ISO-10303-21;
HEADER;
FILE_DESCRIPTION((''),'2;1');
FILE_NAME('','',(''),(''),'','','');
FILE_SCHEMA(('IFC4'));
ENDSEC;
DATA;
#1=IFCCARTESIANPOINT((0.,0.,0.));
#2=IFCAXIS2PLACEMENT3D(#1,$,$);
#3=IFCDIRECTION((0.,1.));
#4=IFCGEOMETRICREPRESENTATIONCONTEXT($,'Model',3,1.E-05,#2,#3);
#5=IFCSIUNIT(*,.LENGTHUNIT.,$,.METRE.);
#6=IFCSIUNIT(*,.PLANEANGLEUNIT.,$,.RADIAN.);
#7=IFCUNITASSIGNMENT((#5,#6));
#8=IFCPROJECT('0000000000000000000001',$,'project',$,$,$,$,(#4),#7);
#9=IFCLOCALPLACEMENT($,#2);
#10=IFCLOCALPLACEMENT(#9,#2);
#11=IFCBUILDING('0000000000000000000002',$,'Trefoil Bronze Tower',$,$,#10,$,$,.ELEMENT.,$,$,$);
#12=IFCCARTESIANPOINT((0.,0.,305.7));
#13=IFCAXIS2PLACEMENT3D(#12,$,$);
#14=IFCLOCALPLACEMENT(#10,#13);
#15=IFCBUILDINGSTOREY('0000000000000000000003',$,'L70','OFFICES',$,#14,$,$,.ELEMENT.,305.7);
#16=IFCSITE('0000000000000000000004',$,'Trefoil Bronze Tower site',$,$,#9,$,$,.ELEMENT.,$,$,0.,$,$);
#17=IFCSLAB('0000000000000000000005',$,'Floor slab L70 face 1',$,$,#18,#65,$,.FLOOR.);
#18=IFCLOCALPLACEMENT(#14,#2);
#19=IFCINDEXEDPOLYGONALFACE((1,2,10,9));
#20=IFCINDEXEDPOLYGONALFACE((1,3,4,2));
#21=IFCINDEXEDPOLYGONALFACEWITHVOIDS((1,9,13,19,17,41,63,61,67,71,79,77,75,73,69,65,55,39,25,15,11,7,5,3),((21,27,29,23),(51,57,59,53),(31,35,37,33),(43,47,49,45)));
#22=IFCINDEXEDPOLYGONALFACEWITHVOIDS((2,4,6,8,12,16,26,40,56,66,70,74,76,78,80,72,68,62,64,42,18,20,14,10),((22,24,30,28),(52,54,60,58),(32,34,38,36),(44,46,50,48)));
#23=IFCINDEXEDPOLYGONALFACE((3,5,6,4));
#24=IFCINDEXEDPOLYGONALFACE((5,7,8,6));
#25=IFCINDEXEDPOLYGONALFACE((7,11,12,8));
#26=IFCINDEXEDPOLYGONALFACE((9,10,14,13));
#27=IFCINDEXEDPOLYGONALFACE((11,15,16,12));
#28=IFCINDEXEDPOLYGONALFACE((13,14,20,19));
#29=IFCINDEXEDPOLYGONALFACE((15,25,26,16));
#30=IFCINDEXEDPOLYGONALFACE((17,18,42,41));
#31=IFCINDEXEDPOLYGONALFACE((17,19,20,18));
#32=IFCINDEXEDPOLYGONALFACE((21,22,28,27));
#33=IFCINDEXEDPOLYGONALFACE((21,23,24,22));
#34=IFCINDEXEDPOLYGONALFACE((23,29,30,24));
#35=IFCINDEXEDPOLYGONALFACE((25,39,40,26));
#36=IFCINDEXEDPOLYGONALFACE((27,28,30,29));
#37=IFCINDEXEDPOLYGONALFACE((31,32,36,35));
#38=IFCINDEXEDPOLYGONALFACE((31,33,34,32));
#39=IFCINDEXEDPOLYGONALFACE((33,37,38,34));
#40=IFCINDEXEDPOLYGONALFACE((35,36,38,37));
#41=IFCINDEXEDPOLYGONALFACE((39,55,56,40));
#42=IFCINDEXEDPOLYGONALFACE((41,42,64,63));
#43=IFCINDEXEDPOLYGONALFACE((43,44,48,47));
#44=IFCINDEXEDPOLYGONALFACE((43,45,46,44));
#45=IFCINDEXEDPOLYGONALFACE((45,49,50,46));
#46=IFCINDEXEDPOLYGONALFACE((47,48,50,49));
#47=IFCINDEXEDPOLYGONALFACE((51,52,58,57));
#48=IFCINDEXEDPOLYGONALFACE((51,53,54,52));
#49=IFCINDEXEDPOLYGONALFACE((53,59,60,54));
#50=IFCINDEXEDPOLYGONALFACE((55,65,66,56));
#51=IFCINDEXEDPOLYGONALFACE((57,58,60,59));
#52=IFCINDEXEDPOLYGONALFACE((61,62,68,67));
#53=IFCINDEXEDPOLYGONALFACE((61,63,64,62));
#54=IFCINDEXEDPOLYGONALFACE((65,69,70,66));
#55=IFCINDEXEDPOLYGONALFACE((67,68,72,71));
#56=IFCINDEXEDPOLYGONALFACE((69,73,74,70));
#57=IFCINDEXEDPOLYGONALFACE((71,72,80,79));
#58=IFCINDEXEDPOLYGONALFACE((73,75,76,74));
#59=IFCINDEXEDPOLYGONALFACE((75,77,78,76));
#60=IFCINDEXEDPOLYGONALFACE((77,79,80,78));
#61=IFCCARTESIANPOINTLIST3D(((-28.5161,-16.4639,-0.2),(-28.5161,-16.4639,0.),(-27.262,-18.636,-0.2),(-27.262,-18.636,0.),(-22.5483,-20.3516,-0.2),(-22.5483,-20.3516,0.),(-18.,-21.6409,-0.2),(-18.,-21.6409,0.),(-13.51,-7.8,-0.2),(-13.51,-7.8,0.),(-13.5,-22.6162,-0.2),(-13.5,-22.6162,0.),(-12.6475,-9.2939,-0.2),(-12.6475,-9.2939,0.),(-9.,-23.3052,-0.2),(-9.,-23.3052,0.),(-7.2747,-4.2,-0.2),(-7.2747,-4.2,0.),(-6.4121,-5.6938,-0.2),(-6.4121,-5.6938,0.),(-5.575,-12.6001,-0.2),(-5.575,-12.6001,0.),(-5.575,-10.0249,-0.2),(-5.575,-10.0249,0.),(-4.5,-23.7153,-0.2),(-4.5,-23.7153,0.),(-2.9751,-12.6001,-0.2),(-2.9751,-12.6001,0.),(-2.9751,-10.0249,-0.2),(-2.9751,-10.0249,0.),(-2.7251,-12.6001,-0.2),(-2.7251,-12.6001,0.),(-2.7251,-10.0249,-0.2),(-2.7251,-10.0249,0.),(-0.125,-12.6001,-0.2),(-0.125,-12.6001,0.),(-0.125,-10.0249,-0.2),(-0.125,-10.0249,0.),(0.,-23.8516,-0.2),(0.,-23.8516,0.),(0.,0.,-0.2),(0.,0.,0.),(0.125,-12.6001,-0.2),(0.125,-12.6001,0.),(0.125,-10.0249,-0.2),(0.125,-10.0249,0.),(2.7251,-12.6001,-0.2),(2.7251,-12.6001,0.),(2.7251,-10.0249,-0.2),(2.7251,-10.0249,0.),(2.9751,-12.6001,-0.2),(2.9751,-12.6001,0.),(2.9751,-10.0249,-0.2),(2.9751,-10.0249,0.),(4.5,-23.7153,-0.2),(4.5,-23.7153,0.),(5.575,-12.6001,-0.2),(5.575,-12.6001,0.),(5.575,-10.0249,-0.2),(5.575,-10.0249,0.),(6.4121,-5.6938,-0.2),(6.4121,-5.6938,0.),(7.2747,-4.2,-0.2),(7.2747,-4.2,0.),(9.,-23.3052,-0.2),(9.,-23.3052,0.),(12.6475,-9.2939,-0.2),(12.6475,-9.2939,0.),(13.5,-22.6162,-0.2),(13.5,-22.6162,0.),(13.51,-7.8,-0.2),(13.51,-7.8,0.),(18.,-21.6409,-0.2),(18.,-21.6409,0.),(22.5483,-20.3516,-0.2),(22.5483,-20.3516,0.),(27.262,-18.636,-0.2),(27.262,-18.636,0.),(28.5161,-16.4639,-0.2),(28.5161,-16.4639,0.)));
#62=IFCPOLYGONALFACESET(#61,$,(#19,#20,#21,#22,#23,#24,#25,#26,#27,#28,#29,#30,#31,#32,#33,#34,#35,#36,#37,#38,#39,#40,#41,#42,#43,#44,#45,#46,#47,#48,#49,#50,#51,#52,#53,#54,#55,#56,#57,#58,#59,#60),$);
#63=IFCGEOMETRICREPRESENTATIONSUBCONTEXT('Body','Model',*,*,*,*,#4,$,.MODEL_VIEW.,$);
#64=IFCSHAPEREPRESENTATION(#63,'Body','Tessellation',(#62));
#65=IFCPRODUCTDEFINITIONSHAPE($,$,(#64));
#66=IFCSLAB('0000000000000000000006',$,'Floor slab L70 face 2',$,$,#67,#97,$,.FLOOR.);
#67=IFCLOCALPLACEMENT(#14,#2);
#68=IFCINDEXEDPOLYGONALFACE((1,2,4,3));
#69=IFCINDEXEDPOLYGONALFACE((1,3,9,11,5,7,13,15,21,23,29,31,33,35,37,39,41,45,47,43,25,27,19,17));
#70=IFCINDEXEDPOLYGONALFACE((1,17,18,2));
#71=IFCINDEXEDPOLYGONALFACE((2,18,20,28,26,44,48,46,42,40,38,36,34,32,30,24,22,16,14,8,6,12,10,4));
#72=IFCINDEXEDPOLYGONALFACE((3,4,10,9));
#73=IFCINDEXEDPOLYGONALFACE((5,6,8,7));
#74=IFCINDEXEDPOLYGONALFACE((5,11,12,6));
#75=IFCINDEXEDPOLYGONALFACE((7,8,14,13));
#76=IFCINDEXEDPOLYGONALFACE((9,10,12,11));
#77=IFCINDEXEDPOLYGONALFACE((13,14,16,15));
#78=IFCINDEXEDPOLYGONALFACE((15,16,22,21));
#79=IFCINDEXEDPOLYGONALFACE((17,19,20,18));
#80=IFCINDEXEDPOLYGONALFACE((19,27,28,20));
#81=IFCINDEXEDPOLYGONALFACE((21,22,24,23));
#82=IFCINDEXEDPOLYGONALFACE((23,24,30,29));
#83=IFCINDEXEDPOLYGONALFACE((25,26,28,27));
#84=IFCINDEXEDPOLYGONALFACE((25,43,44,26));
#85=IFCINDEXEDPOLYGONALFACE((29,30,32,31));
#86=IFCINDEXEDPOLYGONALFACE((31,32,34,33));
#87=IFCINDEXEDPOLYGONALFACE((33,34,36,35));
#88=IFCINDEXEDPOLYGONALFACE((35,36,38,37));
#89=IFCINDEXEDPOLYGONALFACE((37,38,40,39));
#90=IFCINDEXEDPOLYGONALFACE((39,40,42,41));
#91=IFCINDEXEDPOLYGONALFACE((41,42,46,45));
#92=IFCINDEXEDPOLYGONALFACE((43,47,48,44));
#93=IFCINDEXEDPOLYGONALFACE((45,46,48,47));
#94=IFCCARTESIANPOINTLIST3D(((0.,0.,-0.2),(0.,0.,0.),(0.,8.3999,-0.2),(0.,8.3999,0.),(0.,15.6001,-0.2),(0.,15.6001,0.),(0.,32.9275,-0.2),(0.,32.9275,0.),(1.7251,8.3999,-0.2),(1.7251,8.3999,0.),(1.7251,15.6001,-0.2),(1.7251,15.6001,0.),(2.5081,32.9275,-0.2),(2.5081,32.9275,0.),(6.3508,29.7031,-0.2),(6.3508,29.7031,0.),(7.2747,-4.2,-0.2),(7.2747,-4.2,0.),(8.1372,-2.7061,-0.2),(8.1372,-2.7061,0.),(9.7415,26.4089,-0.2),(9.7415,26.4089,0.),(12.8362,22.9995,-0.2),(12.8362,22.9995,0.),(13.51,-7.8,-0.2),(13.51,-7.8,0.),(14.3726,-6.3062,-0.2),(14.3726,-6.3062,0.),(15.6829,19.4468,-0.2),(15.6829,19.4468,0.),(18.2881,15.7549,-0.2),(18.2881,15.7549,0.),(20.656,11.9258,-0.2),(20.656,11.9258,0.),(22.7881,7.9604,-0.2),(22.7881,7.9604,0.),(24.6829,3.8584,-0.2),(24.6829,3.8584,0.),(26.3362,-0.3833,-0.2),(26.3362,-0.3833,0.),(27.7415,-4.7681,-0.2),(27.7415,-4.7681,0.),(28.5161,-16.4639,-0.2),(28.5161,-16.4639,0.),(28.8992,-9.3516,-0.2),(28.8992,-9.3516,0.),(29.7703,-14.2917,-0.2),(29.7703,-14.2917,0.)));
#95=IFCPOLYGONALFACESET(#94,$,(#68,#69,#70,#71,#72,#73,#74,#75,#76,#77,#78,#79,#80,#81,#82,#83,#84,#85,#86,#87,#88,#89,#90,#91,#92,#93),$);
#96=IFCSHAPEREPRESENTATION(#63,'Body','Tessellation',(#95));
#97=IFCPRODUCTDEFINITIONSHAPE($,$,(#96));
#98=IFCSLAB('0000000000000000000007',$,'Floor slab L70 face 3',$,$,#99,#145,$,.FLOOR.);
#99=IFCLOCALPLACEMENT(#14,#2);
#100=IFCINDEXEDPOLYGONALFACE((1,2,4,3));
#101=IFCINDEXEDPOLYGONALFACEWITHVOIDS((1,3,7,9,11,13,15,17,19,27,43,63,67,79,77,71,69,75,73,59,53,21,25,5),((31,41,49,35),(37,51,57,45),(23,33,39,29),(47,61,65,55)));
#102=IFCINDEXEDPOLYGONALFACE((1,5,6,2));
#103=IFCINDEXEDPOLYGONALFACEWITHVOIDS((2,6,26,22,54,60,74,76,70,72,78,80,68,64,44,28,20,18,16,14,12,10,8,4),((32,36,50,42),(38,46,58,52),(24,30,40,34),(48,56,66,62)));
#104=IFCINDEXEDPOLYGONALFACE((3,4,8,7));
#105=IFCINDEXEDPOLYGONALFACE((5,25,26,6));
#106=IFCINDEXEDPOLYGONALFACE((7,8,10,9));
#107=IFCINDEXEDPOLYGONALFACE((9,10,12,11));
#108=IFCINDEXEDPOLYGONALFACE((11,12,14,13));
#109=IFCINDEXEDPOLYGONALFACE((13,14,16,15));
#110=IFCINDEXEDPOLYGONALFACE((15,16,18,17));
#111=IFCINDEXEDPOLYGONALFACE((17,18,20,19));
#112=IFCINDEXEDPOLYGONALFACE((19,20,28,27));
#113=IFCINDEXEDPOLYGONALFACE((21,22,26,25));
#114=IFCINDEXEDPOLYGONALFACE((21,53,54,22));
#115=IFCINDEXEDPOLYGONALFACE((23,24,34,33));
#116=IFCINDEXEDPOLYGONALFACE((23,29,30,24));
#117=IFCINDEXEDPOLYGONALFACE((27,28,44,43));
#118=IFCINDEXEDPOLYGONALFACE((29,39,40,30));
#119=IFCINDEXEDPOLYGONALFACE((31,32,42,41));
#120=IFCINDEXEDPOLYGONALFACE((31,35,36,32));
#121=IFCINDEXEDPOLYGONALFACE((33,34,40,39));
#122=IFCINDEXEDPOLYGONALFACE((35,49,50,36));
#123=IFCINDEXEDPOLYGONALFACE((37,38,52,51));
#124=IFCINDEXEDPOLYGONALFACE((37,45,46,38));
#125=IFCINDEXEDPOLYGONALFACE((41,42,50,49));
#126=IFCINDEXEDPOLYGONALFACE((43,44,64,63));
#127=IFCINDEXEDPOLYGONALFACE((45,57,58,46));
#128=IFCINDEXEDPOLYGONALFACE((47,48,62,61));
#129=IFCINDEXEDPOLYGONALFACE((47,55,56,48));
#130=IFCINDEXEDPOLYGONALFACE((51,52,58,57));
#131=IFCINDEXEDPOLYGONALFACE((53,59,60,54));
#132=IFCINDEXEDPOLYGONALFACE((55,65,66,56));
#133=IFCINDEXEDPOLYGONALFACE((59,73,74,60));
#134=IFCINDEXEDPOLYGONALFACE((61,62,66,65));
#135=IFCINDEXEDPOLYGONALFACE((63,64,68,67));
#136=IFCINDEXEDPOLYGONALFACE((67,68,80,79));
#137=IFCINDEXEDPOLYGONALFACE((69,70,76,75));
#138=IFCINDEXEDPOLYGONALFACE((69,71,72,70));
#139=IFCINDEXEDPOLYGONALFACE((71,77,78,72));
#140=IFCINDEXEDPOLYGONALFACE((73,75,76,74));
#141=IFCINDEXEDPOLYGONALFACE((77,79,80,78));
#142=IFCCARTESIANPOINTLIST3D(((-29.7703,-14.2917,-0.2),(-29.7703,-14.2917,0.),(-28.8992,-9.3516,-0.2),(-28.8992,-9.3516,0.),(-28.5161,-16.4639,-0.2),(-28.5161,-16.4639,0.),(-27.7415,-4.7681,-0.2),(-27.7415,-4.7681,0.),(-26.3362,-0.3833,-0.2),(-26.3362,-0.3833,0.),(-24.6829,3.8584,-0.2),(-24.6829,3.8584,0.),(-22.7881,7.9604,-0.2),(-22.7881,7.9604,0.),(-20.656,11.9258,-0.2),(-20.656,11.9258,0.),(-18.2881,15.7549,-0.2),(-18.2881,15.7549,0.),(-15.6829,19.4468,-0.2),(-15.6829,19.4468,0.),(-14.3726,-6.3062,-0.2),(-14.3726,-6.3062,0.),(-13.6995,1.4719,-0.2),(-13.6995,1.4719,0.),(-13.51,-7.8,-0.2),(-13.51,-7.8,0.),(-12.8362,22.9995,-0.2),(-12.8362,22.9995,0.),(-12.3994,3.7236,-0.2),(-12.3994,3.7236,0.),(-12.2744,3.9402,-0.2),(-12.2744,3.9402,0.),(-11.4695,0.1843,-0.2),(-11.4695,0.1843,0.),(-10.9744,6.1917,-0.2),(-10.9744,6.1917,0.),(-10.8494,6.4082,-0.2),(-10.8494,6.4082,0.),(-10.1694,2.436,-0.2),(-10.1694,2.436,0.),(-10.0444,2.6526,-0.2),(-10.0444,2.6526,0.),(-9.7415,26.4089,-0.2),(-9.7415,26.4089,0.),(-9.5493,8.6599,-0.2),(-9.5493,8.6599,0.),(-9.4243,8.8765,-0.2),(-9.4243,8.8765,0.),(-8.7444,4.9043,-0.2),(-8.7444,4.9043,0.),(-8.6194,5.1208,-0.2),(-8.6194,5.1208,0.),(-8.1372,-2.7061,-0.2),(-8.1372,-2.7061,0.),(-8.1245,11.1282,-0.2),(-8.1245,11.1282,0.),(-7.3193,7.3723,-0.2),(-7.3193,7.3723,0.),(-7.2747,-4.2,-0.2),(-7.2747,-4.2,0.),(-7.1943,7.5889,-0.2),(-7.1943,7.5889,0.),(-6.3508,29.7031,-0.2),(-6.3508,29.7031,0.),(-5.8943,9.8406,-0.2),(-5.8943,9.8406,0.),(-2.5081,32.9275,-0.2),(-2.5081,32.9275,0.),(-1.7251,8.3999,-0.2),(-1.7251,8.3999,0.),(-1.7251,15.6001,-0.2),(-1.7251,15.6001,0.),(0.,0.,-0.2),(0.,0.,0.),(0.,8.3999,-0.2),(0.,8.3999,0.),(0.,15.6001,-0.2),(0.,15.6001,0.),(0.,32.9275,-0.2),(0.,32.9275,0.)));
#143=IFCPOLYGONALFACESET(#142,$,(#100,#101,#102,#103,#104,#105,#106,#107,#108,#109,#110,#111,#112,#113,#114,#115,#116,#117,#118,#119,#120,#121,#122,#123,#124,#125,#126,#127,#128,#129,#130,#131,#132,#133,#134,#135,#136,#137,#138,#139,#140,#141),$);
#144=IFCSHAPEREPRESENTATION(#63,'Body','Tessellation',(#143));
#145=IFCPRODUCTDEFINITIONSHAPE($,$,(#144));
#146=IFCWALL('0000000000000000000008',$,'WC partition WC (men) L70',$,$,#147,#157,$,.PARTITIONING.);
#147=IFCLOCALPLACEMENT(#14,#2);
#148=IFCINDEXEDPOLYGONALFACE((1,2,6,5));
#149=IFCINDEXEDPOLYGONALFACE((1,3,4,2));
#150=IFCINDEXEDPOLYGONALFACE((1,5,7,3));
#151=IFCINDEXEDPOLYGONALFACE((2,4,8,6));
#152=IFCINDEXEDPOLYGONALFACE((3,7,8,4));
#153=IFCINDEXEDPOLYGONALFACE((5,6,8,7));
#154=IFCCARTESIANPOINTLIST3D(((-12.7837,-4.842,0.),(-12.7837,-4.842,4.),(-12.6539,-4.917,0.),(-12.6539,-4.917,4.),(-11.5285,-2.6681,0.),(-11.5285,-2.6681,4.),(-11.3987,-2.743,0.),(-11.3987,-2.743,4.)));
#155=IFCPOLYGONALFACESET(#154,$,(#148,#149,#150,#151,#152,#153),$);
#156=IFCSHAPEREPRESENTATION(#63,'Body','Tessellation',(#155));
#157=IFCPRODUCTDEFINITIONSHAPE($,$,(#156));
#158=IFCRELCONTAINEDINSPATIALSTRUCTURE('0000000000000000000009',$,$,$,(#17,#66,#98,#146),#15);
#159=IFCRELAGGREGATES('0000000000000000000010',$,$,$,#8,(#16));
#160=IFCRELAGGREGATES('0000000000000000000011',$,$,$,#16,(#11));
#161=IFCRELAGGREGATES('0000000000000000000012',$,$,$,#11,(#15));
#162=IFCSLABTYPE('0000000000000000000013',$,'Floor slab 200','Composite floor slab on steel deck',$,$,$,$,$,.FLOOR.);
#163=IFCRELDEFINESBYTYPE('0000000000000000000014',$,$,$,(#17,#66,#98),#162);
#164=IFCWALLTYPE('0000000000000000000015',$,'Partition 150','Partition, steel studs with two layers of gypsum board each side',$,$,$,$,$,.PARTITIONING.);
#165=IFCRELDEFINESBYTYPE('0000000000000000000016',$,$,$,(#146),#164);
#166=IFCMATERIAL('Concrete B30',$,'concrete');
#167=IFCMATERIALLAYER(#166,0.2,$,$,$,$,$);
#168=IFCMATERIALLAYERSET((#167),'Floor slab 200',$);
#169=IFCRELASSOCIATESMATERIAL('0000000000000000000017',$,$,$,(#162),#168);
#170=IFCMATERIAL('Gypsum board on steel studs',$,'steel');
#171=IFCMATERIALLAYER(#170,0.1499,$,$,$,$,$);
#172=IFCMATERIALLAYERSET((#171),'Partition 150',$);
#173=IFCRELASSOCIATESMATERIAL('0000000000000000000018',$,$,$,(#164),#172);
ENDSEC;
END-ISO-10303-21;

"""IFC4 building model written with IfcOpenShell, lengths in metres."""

from ifc_helpers import new_model, si_unit, direction, frame, frame_2d, origin, place, context, subcontext, project, spatial, polyline, rectangle, outline, extrude, material, layer, layer_set, type_object, element, save


model = new_model("IFC4")

# Units and contexts
model_context = context("Model", 3, precision=1e-05, world=origin(), true_north=direction((0.0, 1.0)))
body_context = subcontext(model_context, "Body", "Model", "MODEL_VIEW")
ifc_project = project(units=[si_unit("LENGTHUNIT", "METRE"), si_unit("PLANEANGLEUNIT", "RADIAN")], contexts=[model_context])

# Site, building, storey
site_placement = place(None, origin())
site = spatial("IfcSite", under=ifc_project, at=site_placement, Name="Trefoil Bronze Tower site", CompositionType="ELEMENT", RefElevation=0.0)
building_placement = place(site_placement, origin())
building = spatial("IfcBuilding", under=site, at=building_placement, Name="Trefoil Bronze Tower", CompositionType="ELEMENT")
storey_placement = place(building_placement, frame((0.0, 0.0, 305.7)))
storey = spatial("IfcBuildingStorey", under=building, at=storey_placement, Name="L70", Description="OFFICES", CompositionType="ELEMENT", Elevation=305.7)

# Slabs
ifc_material_1 = material(Name="Concrete B30", Category="concrete")
ifc_layer_1 = layer(ifc_material_1, 0.2)
ifc_layer_set_1 = layer_set([ifc_layer_1], Name="Floor slab 200")
slab_type = type_object("IfcSlabType", Name="Floor slab 200", Description="Composite floor slab on steel deck", PredefinedType="FLOOR", material=ifc_layer_set_1)
slab_1_placement = place(storey_placement, frame((0.0, 0.0, -0.2)))
element("IfcSlab", 1, at=slab_1_placement, inside=storey, type_object=slab_type, Name="Floor slab L70 face 1", PredefinedType="FLOOR", context=body_context, shape_type="SweptSolid", body=[
    extrude(outline(polyline([(13.5, -22.6162), (9.0, -23.3052), (4.5, -23.7153), (0.0, -23.8516), (-4.5, -23.7153), (-9.0, -23.3052), (-13.5, -22.6162), (-18.0, -21.6409), (-22.5483, -20.3516), (-27.262, -18.636), (-28.5161, -16.4639), (-13.51, -7.8), (-12.6475, -9.2939), (-6.4121, -5.6938), (-7.2747, -4.2), (0.0, 0.0), (7.2747, -4.2), (6.4121, -5.6938), (12.6475, -9.2939), (13.51, -7.8), (28.5161, -16.4639), (27.262, -18.636), (22.5483, -20.3516), (18.0, -21.6409), (13.5, -22.6162)]), holes=[polyline([(-5.575, -10.0249), (-2.9751, -10.0249), (-2.9751, -12.6001), (-5.575, -12.6001), (-5.575, -10.0249)]), polyline([(-2.7251, -10.0249), (-0.125, -10.0249), (-0.125, -12.6001), (-2.7251, -12.6001), (-2.7251, -10.0249)]), polyline([(0.125, -10.0249), (2.7251, -10.0249), (2.7251, -12.6001), (0.125, -12.6001), (0.125, -10.0249)]), polyline([(2.9751, -10.0249), (5.575, -10.0249), (5.575, -12.6001), (2.9751, -12.6001), (2.9751, -10.0249)])]), origin(), (0.0, 0.0, 1.0), 0.2),
])
slab_2_placement = place(storey_placement, frame((0.0, 0.0, -0.2)))
element("IfcSlab", 2, at=slab_2_placement, inside=storey, type_object=slab_type, Name="Floor slab L70 face 2", PredefinedType="FLOOR", context=body_context, shape_type="SweptSolid", body=[
    extrude(outline(polyline([(12.8362, 22.9995), (15.6829, 19.4468), (18.2881, 15.7549), (20.656, 11.9258), (22.7881, 7.9604), (24.6829, 3.8584), (26.3362, -0.3833), (27.7415, -4.7681), (28.8992, -9.3516), (29.7703, -14.2917), (28.5161, -16.4639), (13.51, -7.8), (14.3726, -6.3062), (8.1372, -2.7061), (7.2747, -4.2), (0.0, 0.0), (0.0, 8.3999), (1.7251, 8.3999), (1.7251, 15.6001), (0.0, 15.6001), (0.0, 32.9275), (2.5081, 32.9275), (6.3508, 29.7031), (9.7415, 26.4089), (12.8362, 22.9995)])), origin(), (0.0, 0.0, 1.0), 0.2),
])
slab_3_placement = place(storey_placement, frame((0.0, 0.0, -0.2)))
element("IfcSlab", 3, at=slab_3_placement, inside=storey, type_object=slab_type, Name="Floor slab L70 face 3", PredefinedType="FLOOR", context=body_context, shape_type="SweptSolid", body=[
    extrude(outline(polyline([(-26.3362, -0.3833), (-24.6829, 3.8584), (-22.7881, 7.9604), (-20.656, 11.9258), (-18.2881, 15.7549), (-15.6829, 19.4468), (-12.8362, 22.9995), (-9.7415, 26.4089), (-6.3508, 29.7031), (-2.5081, 32.9275), (0.0, 32.9275), (0.0, 15.6001), (-1.7251, 15.6001), (-1.7251, 8.3999), (0.0, 8.3999), (0.0, 0.0), (-7.2747, -4.2), (-8.1372, -2.7061), (-14.3726, -6.3062), (-13.51, -7.8), (-28.5161, -16.4639), (-29.7703, -14.2917), (-28.8992, -9.3516), (-27.7415, -4.7681), (-26.3362, -0.3833)]), holes=[polyline([(-5.8943, 9.8406), (-7.1943, 7.5889), (-9.4243, 8.8765), (-8.1245, 11.1282), (-5.8943, 9.8406)]), polyline([(-7.3193, 7.3723), (-8.6194, 5.1208), (-10.8494, 6.4082), (-9.5493, 8.6599), (-7.3193, 7.3723)]), polyline([(-8.7444, 4.9043), (-10.0444, 2.6526), (-12.2744, 3.9402), (-10.9744, 6.1917), (-8.7444, 4.9043)]), polyline([(-10.1694, 2.436), (-11.4695, 0.1843), (-13.6995, 1.4719), (-12.3994, 3.7236), (-10.1694, 2.436)])]), origin(), (0.0, 0.0, 1.0), 0.2),
])

# Wall
ifc_material_2 = material(Name="Gypsum board on steel studs", Category="steel")
ifc_layer_2 = layer(ifc_material_2, 0.1499)
ifc_layer_set_2 = layer_set([ifc_layer_2], Name="Partition 150")
wall_type_1 = type_object("IfcWallType", Name="Partition 150", Description="Partition, steel studs with two layers of gypsum board each side", PredefinedType="PARTITIONING", material=ifc_layer_set_2)
wall_1_placement = place(storey_placement, frame((-11.4636, -2.7056, 0.0), z_axis=(0.0, 0.0, 1.0), x_axis=(-0.50002, -0.866014, 0.0)))
element("IfcWall", 4, at=wall_1_placement, inside=storey, type_object=wall_type_1, Name="WC partition WC (men) L70", PredefinedType="PARTITIONING", context=body_context, shape_type="SweptSolid", body=[
    extrude(rectangle(XDim=2.5103, YDim=0.1499, at=frame_2d((1.2551, 0.0))), origin(), (0.0, 0.0, 1.0), 4.0),
])

save(model, "model.ifc")
